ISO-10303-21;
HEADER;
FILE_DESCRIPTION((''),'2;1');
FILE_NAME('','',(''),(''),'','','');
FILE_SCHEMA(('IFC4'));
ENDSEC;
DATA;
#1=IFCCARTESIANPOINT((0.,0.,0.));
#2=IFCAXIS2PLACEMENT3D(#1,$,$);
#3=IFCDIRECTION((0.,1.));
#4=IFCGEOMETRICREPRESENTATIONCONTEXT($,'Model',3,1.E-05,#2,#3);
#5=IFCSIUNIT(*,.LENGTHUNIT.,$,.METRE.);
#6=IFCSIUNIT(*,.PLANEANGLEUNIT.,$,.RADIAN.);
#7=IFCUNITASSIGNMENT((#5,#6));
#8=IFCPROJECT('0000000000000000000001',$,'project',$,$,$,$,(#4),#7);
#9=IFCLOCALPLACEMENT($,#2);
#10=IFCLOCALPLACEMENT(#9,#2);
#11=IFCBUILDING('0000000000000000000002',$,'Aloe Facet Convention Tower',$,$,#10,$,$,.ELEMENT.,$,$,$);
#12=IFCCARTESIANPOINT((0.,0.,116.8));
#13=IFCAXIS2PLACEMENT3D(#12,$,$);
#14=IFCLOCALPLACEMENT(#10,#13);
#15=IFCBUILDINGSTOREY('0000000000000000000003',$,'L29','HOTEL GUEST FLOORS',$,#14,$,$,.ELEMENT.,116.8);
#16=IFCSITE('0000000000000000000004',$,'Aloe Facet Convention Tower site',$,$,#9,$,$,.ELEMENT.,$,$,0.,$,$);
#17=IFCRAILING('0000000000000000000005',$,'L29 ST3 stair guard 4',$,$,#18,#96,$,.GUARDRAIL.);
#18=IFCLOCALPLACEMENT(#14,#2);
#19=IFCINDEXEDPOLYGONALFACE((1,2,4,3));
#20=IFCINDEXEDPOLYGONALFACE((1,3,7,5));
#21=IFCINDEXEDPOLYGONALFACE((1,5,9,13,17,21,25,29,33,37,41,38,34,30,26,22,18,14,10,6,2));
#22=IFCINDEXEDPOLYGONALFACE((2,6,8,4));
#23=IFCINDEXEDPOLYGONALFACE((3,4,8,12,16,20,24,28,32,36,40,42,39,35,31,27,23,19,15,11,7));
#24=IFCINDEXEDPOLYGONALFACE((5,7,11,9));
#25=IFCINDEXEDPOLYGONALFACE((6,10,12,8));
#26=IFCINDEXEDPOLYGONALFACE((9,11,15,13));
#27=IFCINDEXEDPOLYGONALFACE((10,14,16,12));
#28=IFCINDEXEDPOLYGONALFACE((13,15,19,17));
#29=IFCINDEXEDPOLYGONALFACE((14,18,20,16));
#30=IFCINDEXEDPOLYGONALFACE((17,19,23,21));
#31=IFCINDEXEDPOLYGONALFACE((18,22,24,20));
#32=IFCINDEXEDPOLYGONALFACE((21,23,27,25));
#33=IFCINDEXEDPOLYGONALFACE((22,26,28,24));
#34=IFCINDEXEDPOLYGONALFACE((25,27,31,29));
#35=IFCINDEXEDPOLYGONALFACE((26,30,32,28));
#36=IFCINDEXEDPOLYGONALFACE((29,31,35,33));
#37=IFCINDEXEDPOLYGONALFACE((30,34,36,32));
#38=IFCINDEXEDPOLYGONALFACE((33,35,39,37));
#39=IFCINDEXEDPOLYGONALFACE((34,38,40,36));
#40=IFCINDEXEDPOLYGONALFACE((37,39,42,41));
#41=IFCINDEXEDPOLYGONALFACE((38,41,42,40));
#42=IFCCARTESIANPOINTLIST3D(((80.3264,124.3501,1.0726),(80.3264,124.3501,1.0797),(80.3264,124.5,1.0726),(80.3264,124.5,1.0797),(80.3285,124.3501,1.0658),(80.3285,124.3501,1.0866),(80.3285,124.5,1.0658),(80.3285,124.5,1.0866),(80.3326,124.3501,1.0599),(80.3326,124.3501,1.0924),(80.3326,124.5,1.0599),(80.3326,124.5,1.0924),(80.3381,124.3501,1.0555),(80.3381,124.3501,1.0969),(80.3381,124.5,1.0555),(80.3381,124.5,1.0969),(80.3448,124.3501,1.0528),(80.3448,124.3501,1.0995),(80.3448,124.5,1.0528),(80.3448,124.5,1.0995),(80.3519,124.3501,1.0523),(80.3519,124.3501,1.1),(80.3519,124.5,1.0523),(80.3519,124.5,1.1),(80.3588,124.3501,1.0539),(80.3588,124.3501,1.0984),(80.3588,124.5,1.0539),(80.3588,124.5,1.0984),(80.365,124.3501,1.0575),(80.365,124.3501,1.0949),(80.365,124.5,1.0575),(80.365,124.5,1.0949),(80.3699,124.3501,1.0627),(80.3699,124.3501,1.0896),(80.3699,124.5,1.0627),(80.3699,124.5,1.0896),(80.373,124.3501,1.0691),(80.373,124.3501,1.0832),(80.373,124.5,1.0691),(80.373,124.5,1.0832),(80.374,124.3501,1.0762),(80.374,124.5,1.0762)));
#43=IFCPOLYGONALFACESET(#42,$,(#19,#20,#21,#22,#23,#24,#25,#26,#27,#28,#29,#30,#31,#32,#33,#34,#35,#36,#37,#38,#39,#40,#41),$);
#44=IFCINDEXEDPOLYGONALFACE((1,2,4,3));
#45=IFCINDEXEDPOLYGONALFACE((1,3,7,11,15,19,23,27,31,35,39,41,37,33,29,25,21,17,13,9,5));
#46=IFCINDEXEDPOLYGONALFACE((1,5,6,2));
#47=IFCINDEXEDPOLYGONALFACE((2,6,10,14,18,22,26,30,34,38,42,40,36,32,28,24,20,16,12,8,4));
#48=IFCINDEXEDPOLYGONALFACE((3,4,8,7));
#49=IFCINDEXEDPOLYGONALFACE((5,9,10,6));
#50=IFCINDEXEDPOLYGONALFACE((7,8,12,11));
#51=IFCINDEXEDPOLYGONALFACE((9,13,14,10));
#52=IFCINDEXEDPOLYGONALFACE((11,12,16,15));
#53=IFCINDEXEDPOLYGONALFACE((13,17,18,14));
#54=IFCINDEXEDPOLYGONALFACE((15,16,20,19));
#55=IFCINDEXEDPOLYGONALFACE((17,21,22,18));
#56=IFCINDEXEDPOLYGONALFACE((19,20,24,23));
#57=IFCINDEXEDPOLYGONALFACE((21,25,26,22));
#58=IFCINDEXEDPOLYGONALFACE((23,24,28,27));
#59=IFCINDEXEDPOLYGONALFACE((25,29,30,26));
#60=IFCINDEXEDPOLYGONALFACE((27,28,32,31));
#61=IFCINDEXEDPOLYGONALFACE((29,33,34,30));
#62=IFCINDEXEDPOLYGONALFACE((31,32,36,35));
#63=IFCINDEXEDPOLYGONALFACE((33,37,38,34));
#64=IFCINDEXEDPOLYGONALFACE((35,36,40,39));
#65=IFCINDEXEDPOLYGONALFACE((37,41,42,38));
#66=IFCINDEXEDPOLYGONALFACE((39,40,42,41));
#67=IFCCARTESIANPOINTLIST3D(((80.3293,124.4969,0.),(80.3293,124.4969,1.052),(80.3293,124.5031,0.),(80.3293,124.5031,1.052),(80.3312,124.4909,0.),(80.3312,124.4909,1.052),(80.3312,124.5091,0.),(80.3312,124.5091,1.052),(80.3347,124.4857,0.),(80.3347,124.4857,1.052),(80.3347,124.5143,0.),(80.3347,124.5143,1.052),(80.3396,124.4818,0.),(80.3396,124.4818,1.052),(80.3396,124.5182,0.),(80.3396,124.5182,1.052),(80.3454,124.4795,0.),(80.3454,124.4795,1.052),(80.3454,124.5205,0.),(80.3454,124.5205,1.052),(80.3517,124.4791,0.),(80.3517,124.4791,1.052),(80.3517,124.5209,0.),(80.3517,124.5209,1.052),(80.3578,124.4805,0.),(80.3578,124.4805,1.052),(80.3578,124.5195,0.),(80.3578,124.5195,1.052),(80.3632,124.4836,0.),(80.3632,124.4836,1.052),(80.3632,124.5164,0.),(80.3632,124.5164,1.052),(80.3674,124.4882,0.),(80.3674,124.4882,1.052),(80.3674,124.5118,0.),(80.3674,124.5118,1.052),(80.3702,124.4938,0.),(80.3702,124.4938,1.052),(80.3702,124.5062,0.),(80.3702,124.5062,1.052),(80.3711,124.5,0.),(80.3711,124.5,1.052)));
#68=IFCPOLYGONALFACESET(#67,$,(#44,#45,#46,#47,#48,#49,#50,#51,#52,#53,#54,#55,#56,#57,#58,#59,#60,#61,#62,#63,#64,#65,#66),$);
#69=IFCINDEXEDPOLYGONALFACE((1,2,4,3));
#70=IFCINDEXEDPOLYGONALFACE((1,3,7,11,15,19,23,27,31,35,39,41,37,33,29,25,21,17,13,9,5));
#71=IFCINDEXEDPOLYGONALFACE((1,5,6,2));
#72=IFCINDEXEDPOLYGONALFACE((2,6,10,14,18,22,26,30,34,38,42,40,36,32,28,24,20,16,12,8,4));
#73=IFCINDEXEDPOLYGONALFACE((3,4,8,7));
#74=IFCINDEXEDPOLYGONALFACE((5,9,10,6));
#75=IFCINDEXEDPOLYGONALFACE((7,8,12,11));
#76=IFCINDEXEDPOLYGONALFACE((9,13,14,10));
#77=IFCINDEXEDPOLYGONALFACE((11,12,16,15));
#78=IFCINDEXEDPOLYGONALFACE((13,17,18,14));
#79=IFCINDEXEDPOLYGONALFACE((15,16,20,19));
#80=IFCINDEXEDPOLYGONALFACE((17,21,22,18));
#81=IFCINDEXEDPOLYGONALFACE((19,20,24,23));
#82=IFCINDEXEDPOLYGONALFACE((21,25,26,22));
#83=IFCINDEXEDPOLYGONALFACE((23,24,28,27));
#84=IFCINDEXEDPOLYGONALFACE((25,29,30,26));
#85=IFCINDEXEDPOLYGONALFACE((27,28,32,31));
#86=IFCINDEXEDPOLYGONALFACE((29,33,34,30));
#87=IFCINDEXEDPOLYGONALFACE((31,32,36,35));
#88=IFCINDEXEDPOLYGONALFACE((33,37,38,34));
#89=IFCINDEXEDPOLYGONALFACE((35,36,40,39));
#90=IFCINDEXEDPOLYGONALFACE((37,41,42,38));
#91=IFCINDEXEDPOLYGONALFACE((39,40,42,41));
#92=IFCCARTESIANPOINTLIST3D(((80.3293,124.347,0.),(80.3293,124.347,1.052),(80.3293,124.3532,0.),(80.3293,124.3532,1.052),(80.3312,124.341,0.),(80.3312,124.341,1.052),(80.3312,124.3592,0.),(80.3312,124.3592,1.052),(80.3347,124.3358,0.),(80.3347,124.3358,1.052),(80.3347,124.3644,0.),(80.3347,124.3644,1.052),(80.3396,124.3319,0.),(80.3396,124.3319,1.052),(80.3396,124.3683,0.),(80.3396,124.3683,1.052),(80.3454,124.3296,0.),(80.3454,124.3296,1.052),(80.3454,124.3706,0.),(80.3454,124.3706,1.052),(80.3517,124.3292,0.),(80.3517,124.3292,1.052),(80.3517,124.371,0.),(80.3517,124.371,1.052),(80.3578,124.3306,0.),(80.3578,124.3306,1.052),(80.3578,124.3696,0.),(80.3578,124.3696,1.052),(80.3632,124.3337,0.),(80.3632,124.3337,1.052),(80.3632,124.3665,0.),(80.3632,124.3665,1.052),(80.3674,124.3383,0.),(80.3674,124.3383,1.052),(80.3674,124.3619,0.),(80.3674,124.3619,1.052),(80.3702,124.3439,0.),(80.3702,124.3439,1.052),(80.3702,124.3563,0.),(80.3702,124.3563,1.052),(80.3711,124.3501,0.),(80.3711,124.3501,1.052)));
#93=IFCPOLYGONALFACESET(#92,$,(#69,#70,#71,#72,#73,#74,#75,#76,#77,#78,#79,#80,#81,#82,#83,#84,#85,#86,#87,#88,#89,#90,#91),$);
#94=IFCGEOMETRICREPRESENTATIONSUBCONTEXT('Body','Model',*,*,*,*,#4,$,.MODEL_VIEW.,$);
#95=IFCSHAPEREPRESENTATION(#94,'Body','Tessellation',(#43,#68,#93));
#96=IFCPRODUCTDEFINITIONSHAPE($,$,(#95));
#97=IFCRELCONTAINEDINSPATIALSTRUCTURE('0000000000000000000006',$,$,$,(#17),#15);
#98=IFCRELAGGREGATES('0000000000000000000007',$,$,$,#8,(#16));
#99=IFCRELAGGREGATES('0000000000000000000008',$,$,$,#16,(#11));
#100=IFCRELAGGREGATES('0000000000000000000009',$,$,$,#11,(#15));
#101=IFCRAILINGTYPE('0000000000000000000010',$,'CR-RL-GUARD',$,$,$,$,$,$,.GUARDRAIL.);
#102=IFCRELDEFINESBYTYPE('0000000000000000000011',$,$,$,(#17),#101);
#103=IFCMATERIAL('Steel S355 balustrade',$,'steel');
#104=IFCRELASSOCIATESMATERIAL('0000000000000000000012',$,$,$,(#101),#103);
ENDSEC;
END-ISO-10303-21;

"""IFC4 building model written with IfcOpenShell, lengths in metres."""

from ifc_helpers import new_model, si_unit, direction, frame, origin, origin_2d, place, context, subcontext, project, spatial, circle, extrude, material, type_object, element, save


model = new_model("IFC4")

# Units and contexts
model_context = context("Model", 3, precision=1e-05, world=origin(), true_north=direction((0.0, 1.0)))
body_context = subcontext(model_context, "Body", "Model", "MODEL_VIEW")
ifc_project = project(units=[si_unit("LENGTHUNIT", "METRE"), si_unit("PLANEANGLEUNIT", "RADIAN")], contexts=[model_context])

# Site, building, storey
site_placement = place(None, origin())
site = spatial("IfcSite", under=ifc_project, at=site_placement, Name="Aloe Facet Convention Tower site", CompositionType="ELEMENT", RefElevation=0.0)
building_placement = place(site_placement, origin())
building = spatial("IfcBuilding", under=site, at=building_placement, Name="Aloe Facet Convention Tower", CompositionType="ELEMENT")
storey_placement = place(building_placement, frame((0.0, 0.0, 116.8)))
storey = spatial("IfcBuildingStorey", under=building, at=storey_placement, Name="L29", Description="HOTEL GUEST FLOORS", CompositionType="ELEMENT", Elevation=116.8)

# Railing
ifc_material_1 = material(Name="Steel S355 balustrade", Category="steel")
railing_type_1 = type_object("IfcRailingType", Name="CR-RL-GUARD", PredefinedType="GUARDRAIL", material=ifc_material_1)
railing_1_placement = place(storey_placement, frame((80.3501, 124.5, 0.0)))
element("IfcRailing", 1, at=railing_1_placement, inside=storey, type_object=railing_type_1, Name="L29 ST3 stair guard 4", PredefinedType="GUARDRAIL", context=body_context, shape_type="SweptSolid", body=[
    extrude(circle(Radius=0.0239, at=origin_2d()), frame((0.0, 0.0, 1.0762), z_axis=(0.0, -1.0, 0.0), x_axis=(1.0, 0.0, 0.0)), (0.0, 0.0, 1.0), 0.1499),
    extrude(circle(Radius=0.021, at=origin_2d()), origin(), (0.0, 0.0, 1.0), 1.052),
    extrude(circle(Radius=0.021, at=origin_2d()), frame((0.0, -0.1499, 0.0)), (0.0, 0.0, 1.0), 1.052),
])

save(model, "model.ifc")
